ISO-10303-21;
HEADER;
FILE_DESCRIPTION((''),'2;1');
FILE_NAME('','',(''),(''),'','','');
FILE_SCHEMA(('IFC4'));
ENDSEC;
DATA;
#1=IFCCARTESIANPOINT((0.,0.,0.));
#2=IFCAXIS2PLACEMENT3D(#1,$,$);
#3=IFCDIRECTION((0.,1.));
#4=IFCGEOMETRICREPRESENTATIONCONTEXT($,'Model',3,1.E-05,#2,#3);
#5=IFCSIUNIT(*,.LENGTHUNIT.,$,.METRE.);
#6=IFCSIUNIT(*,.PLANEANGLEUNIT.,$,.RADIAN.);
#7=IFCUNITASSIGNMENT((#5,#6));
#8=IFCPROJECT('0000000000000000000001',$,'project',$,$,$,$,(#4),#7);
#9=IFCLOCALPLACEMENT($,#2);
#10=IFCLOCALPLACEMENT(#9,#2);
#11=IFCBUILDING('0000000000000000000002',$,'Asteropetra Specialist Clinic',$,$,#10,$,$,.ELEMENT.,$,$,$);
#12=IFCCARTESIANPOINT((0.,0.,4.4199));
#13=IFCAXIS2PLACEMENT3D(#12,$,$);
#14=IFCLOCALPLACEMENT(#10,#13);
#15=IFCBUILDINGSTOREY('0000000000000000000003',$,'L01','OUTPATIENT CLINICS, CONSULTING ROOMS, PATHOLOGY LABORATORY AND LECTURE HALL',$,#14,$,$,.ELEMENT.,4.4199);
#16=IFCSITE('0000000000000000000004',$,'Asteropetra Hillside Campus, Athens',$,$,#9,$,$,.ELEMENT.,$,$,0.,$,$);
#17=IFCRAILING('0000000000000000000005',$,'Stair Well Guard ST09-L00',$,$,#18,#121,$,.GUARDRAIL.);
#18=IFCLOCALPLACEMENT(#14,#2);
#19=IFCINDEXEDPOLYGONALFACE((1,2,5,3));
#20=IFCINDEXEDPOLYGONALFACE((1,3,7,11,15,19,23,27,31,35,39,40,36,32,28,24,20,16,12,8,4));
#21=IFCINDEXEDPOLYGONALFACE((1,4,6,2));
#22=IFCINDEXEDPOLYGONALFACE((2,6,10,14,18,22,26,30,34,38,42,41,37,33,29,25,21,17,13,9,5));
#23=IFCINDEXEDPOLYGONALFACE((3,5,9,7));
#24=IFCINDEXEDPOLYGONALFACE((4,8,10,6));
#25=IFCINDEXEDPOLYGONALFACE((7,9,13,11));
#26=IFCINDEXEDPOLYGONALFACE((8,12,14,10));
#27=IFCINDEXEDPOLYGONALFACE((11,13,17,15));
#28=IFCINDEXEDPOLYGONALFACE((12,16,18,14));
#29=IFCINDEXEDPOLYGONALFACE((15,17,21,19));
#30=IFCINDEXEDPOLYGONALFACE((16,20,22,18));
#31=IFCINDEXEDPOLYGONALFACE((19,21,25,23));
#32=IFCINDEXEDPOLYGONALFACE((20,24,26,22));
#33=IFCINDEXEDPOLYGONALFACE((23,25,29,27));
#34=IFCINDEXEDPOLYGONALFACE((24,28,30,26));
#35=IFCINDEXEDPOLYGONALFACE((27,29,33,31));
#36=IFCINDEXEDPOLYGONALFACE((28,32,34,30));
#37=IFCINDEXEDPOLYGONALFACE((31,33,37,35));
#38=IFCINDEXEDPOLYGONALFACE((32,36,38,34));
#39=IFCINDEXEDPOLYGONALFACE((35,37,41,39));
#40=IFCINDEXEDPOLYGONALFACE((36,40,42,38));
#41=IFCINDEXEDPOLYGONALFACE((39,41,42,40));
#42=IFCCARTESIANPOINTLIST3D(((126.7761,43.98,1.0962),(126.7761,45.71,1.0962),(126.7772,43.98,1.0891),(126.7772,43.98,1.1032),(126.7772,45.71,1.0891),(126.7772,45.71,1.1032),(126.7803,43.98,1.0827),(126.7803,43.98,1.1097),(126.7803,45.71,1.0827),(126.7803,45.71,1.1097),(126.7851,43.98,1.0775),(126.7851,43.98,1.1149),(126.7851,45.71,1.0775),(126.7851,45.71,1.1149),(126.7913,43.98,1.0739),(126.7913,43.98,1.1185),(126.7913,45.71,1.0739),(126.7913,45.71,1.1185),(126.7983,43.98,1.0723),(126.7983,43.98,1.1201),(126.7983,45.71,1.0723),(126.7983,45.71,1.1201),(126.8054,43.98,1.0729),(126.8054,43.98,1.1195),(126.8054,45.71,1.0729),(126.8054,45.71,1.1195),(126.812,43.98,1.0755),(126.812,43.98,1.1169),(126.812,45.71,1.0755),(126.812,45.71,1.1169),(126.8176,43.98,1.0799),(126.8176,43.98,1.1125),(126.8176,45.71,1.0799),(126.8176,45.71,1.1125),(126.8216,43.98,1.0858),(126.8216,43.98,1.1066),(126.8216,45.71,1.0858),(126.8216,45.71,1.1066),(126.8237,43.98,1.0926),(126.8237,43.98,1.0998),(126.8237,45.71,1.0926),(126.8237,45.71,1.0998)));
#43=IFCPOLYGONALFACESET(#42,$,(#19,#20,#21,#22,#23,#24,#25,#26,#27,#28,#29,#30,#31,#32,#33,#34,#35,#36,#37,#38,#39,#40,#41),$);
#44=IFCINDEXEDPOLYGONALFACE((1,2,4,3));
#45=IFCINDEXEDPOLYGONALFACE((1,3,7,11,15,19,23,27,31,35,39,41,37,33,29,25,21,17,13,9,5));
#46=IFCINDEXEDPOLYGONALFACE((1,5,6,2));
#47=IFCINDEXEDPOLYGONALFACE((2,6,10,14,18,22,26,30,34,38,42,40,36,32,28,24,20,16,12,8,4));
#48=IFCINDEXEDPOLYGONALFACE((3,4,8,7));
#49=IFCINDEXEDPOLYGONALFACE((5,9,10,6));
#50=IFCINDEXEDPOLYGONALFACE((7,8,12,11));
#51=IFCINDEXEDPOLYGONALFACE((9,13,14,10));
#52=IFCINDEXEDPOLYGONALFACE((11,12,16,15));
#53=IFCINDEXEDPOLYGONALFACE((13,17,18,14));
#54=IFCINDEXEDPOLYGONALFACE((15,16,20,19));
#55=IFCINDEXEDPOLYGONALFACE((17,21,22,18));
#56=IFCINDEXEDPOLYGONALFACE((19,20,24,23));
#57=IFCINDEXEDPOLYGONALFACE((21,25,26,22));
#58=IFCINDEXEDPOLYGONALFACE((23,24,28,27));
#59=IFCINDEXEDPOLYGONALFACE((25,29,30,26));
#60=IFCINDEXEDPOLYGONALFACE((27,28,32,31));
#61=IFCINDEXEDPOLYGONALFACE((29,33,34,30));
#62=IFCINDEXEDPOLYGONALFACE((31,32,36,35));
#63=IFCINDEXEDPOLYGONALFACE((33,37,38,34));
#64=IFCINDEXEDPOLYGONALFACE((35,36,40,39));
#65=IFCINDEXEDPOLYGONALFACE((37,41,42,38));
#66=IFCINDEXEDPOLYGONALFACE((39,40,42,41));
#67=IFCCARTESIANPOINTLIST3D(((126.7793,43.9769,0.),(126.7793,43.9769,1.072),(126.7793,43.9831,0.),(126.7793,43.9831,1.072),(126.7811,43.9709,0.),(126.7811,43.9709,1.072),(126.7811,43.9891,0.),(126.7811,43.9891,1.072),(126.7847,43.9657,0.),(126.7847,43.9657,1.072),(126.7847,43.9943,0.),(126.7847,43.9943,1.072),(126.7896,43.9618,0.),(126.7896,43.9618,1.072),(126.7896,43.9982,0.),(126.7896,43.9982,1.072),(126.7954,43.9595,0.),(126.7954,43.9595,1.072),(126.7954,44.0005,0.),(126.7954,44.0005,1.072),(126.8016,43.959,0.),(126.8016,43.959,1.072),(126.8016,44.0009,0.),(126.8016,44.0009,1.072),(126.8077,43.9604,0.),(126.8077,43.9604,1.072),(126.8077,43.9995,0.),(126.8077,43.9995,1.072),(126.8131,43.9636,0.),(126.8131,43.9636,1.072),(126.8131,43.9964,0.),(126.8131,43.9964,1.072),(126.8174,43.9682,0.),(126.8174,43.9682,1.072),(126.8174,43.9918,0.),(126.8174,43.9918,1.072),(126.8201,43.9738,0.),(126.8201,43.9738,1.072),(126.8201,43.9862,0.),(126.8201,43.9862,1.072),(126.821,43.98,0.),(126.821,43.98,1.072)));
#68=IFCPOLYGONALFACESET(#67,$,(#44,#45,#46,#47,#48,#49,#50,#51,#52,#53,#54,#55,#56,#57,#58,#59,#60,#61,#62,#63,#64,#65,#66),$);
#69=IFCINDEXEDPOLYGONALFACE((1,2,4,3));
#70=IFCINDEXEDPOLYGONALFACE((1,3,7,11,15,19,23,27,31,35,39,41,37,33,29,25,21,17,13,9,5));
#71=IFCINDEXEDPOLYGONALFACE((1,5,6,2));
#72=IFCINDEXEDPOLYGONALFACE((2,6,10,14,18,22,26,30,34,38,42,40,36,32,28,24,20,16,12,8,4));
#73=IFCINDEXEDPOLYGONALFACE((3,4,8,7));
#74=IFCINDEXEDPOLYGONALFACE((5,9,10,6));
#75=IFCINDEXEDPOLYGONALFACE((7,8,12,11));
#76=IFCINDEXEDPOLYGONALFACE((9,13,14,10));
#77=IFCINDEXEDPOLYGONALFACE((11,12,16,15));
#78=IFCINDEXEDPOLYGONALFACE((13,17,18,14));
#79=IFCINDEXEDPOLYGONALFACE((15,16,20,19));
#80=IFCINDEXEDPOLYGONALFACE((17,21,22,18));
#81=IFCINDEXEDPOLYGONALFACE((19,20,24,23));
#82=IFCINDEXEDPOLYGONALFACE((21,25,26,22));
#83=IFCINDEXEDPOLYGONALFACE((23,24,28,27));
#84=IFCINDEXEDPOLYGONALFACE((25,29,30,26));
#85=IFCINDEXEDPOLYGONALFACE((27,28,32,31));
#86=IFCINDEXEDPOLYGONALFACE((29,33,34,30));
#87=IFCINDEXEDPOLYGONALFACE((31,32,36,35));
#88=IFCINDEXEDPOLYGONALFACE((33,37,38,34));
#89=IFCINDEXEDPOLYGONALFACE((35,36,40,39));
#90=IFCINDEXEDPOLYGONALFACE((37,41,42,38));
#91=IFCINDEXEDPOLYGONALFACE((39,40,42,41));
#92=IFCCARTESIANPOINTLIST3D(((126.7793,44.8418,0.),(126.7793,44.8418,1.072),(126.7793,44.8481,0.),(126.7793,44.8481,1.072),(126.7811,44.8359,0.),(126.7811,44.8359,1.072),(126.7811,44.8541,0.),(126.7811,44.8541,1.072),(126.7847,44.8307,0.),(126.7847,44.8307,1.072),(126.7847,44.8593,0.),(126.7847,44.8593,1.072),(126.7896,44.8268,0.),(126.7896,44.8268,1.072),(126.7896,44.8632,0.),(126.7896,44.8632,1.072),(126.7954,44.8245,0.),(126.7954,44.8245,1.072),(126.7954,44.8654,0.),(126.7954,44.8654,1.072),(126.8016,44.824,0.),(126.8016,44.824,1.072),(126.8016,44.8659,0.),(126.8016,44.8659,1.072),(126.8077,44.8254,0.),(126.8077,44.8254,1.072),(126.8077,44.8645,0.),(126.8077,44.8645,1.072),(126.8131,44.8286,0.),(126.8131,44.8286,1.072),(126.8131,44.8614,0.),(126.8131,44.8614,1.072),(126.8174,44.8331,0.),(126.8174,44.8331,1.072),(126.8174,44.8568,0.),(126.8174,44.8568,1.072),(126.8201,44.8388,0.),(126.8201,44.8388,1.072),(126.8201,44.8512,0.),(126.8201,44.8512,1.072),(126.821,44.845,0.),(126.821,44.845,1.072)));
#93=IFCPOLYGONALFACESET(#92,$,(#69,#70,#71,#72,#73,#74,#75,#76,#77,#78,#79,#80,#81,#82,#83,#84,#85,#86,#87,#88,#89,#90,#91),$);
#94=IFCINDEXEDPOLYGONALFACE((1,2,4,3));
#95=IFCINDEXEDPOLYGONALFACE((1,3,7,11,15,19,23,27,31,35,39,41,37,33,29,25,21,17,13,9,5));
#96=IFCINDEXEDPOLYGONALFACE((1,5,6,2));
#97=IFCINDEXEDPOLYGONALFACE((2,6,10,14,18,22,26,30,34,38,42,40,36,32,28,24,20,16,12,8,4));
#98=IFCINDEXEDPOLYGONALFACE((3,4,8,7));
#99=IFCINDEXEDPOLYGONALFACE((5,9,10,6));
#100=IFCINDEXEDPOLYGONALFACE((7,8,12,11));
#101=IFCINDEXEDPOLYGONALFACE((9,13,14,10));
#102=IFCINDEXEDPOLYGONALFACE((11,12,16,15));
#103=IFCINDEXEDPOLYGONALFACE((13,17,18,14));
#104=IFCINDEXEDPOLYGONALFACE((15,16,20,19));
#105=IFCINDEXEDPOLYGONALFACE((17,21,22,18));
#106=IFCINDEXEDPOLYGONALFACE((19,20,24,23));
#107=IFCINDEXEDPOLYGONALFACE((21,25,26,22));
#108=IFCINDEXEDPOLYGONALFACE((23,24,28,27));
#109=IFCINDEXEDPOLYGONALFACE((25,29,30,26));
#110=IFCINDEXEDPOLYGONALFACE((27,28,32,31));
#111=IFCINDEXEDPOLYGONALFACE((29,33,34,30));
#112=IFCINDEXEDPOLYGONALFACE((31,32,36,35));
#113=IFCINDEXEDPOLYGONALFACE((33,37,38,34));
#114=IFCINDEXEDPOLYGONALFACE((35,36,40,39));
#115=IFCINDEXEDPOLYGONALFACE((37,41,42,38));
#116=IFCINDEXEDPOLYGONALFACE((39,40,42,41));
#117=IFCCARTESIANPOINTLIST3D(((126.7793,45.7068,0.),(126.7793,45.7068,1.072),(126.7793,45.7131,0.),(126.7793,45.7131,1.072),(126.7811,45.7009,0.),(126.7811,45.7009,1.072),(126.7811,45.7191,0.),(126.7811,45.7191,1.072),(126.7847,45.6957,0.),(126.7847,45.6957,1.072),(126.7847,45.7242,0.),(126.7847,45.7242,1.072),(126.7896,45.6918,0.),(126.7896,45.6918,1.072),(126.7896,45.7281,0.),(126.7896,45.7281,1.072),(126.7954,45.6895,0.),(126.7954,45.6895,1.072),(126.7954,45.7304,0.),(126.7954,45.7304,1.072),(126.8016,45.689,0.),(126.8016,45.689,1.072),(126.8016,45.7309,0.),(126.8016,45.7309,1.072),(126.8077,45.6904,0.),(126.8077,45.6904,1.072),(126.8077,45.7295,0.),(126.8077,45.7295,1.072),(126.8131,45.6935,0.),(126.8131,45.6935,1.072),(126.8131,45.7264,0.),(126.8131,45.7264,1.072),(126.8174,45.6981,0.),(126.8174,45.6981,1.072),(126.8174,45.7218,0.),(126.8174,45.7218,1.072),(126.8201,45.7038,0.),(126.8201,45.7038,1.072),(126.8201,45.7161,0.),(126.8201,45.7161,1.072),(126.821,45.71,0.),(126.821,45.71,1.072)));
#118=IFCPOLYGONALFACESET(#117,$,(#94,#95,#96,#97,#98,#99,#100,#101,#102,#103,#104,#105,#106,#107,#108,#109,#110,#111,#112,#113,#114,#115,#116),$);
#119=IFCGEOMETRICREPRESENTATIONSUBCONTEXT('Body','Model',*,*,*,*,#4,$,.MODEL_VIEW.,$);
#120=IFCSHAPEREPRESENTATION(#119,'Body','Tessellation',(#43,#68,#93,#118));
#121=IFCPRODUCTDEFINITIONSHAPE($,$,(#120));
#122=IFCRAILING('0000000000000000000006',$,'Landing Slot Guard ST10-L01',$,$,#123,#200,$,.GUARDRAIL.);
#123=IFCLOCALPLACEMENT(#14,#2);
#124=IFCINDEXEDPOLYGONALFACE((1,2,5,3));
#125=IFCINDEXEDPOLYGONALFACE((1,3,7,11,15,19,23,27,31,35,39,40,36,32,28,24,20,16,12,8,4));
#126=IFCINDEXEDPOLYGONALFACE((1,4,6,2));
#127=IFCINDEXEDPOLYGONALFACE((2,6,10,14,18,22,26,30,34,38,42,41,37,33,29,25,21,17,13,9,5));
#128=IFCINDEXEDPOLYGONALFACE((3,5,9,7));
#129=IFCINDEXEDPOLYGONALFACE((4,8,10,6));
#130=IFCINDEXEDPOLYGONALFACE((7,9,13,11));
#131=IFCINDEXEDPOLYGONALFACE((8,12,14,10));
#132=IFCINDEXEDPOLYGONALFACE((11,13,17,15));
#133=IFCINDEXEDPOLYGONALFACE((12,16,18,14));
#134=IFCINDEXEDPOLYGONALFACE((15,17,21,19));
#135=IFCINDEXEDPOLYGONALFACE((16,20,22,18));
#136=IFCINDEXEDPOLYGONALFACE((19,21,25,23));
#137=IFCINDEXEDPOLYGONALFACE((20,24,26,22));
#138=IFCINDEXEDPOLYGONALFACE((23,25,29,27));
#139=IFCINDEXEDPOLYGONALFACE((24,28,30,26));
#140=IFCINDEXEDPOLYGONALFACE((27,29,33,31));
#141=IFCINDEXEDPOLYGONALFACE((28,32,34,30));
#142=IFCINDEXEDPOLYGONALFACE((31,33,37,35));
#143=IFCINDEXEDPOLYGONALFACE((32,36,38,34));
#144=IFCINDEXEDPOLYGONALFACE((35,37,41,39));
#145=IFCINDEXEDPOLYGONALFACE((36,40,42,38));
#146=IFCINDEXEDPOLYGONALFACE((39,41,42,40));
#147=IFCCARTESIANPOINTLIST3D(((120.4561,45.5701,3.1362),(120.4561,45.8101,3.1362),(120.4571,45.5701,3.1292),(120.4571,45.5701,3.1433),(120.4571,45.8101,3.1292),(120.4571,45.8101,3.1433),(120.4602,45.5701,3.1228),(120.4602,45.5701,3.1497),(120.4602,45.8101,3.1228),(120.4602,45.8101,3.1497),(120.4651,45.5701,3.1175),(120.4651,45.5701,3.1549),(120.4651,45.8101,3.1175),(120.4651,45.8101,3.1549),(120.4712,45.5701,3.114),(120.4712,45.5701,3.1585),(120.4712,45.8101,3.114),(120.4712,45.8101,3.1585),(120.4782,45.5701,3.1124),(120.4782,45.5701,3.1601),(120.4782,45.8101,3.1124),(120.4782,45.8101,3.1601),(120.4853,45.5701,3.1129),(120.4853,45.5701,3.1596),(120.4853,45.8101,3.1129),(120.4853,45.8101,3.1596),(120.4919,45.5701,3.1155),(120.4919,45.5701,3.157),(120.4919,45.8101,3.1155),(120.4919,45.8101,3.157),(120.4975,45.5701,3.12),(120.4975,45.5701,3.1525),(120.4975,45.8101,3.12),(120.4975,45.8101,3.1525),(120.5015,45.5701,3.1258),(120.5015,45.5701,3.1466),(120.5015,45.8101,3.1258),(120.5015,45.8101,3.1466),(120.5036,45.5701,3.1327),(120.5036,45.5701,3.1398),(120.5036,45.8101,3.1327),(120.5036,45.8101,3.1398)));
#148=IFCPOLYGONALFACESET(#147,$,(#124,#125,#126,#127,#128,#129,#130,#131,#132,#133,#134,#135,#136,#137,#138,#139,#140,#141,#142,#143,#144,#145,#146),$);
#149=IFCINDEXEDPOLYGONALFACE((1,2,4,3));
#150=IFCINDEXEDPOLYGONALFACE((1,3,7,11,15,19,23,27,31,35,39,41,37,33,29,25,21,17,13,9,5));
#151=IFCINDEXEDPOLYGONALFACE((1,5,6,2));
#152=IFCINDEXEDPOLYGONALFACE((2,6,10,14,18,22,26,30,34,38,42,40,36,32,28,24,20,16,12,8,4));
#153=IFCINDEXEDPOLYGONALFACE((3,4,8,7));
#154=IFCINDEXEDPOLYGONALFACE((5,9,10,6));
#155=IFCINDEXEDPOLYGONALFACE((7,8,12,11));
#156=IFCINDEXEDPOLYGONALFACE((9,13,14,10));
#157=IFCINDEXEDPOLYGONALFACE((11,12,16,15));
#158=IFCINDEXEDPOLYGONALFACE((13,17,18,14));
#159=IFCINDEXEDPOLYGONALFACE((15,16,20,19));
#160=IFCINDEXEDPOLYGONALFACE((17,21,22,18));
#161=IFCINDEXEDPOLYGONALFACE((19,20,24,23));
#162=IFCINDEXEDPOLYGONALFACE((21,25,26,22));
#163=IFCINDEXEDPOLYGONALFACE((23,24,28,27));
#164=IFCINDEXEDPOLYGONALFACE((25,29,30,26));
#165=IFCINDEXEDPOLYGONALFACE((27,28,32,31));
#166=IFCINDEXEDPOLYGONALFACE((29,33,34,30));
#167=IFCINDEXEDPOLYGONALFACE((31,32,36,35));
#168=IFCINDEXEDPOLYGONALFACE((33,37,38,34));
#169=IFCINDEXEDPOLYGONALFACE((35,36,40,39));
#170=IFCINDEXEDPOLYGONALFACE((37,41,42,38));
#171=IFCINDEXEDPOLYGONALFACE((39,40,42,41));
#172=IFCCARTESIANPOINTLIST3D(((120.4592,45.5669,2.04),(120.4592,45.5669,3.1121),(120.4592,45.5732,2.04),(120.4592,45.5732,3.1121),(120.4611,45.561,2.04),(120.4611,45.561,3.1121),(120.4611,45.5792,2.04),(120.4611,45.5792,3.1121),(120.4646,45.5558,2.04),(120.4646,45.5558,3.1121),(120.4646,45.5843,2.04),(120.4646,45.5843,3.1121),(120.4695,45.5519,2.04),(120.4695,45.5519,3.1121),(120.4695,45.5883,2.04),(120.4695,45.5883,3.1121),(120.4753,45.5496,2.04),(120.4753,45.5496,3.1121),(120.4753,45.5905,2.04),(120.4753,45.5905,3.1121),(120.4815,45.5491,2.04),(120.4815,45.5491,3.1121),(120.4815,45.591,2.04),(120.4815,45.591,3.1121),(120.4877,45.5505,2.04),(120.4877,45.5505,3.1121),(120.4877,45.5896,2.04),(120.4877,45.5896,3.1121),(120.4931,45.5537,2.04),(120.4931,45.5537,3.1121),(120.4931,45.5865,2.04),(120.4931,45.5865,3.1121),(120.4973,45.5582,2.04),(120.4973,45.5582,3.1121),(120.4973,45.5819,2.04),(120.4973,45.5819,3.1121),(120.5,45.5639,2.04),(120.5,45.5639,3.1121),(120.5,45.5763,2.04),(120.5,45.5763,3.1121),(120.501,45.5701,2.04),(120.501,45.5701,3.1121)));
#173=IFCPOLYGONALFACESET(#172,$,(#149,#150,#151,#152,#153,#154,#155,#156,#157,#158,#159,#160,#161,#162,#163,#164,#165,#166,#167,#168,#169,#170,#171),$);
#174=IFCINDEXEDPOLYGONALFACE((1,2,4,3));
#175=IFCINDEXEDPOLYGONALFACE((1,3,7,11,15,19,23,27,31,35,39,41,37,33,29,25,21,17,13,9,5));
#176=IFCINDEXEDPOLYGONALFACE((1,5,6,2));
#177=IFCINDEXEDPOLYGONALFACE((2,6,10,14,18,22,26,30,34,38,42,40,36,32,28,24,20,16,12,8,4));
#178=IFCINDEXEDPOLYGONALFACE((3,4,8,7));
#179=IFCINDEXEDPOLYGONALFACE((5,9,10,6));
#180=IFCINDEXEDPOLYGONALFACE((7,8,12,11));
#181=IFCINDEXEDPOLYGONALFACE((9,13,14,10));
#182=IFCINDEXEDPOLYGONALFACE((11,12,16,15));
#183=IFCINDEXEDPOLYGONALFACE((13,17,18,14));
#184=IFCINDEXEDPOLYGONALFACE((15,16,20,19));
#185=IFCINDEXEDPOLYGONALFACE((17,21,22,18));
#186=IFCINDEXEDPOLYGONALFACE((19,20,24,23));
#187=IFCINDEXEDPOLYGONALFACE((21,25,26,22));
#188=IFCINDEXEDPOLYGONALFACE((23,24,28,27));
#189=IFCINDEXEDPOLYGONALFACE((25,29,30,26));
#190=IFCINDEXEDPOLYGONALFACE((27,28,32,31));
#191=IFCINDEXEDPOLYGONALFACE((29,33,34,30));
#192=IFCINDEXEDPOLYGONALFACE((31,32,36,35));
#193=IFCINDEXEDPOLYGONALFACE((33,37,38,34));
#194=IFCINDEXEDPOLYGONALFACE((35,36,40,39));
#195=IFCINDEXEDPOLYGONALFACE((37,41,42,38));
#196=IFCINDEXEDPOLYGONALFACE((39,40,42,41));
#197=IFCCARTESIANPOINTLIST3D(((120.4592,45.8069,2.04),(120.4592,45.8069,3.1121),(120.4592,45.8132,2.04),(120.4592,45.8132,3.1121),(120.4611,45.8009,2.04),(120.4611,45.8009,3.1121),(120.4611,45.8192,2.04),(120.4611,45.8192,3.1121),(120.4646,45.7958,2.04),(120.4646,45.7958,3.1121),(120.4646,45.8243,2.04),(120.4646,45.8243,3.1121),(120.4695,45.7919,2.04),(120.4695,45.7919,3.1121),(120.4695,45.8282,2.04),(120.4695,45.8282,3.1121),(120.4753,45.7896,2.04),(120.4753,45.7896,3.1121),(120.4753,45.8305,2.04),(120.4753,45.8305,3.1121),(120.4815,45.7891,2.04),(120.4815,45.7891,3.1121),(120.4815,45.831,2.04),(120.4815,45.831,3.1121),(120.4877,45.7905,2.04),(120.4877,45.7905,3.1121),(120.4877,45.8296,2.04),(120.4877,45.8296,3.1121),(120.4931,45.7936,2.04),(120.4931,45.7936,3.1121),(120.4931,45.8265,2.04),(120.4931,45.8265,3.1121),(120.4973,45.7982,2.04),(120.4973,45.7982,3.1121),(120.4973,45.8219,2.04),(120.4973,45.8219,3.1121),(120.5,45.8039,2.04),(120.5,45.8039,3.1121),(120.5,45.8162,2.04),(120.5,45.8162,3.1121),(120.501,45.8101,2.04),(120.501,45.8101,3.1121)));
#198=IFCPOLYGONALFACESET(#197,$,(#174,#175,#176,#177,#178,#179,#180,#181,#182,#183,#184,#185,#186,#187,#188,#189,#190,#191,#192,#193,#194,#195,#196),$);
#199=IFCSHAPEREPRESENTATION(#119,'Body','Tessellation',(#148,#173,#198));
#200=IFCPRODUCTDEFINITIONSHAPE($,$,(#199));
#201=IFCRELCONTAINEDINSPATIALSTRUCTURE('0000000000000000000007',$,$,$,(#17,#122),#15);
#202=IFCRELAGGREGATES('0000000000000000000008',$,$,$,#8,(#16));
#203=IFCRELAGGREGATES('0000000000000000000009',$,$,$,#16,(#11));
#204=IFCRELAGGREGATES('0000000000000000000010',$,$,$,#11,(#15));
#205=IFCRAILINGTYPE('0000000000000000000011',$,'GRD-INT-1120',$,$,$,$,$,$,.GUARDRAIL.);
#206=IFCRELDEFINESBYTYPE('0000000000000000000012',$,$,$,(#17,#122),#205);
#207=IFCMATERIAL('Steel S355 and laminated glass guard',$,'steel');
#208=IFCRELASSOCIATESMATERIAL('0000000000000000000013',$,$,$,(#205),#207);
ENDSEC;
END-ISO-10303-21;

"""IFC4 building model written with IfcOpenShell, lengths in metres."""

from ifc_helpers import new_model, si_unit, direction, frame, origin, origin_2d, place, context, subcontext, project, spatial, circle, extrude, material, type_object, element, save


model = new_model("IFC4")

# Units and contexts
model_context = context("Model", 3, precision=1e-05, world=origin(), true_north=direction((0.0, 1.0)))
body_context = subcontext(model_context, "Body", "Model", "MODEL_VIEW")
ifc_project = project(units=[si_unit("LENGTHUNIT", "METRE"), si_unit("PLANEANGLEUNIT", "RADIAN")], contexts=[model_context])

# Site, building, storey
site_placement = place(None, origin())
site = spatial("IfcSite", under=ifc_project, at=site_placement, Name="Asteropetra Hillside Campus, Athens", CompositionType="ELEMENT", RefElevation=0.0)
building_placement = place(site_placement, origin())
building = spatial("IfcBuilding", under=site, at=building_placement, Name="Asteropetra Specialist Clinic", CompositionType="ELEMENT")
storey_placement = place(building_placement, frame((0.0, 0.0, 4.4199)))
storey = spatial("IfcBuildingStorey", under=building, at=storey_placement, Name="L01", Description="OUTPATIENT CLINICS, CONSULTING ROOMS, PATHOLOGY LABORATORY AND LECTURE HALL", CompositionType="ELEMENT", Elevation=4.4199)

# Railings
ifc_material_1 = material(Name="Steel S355 and laminated glass guard", Category="steel")
railing_type_1 = type_object("IfcRailingType", Name="GRD-INT-1120", PredefinedType="GUARDRAIL", material=ifc_material_1)
railing_1_placement = place(storey_placement, frame((126.8, 43.98, 0.0)))
element("IfcRailing", 1, at=railing_1_placement, inside=storey, type_object=railing_type_1, Name="Stair Well Guard ST09-L00", PredefinedType="GUARDRAIL", context=body_context, shape_type="SweptSolid", body=[
    extrude(circle(Radius=0.0239, at=origin_2d()), frame((0.0, 0.0, 1.0962), z_axis=(0.0, 1.0, 0.0), x_axis=(-1.0, 0.0, 0.0)), (0.0, 0.0, 1.0), 1.73),
    extrude(circle(Radius=0.021, at=origin_2d()), origin(), (0.0, 0.0, 1.0), 1.072),
    extrude(circle(Radius=0.021, at=origin_2d()), frame((0.0, 0.865, 0.0)), (0.0, 0.0, 1.0), 1.072),
    extrude(circle(Radius=0.021, at=origin_2d()), frame((0.0, 1.73, 0.0)), (0.0, 0.0, 1.0), 1.072),
])
railing_2_placement = place(storey_placement, frame((120.48, 45.5701, 2.04)))
element("IfcRailing", 2, at=railing_2_placement, inside=storey, type_object=railing_type_1, Name="Landing Slot Guard ST10-L01", PredefinedType="GUARDRAIL", context=body_context, shape_type="SweptSolid", body=[
    extrude(circle(Radius=0.0239, at=origin_2d()), frame((0.0, 0.0, 1.0962), z_axis=(0.0, 1.0, 0.0), x_axis=(-1.0, 0.0, 0.0)), (0.0, 0.0, 1.0), 0.24),
    extrude(circle(Radius=0.021, at=origin_2d()), origin(), (0.0, 0.0, 1.0), 1.072),
    extrude(circle(Radius=0.021, at=origin_2d()), frame((0.0, 0.24, 0.0)), (0.0, 0.0, 1.0), 1.072),
])

save(model, "model.ifc")
